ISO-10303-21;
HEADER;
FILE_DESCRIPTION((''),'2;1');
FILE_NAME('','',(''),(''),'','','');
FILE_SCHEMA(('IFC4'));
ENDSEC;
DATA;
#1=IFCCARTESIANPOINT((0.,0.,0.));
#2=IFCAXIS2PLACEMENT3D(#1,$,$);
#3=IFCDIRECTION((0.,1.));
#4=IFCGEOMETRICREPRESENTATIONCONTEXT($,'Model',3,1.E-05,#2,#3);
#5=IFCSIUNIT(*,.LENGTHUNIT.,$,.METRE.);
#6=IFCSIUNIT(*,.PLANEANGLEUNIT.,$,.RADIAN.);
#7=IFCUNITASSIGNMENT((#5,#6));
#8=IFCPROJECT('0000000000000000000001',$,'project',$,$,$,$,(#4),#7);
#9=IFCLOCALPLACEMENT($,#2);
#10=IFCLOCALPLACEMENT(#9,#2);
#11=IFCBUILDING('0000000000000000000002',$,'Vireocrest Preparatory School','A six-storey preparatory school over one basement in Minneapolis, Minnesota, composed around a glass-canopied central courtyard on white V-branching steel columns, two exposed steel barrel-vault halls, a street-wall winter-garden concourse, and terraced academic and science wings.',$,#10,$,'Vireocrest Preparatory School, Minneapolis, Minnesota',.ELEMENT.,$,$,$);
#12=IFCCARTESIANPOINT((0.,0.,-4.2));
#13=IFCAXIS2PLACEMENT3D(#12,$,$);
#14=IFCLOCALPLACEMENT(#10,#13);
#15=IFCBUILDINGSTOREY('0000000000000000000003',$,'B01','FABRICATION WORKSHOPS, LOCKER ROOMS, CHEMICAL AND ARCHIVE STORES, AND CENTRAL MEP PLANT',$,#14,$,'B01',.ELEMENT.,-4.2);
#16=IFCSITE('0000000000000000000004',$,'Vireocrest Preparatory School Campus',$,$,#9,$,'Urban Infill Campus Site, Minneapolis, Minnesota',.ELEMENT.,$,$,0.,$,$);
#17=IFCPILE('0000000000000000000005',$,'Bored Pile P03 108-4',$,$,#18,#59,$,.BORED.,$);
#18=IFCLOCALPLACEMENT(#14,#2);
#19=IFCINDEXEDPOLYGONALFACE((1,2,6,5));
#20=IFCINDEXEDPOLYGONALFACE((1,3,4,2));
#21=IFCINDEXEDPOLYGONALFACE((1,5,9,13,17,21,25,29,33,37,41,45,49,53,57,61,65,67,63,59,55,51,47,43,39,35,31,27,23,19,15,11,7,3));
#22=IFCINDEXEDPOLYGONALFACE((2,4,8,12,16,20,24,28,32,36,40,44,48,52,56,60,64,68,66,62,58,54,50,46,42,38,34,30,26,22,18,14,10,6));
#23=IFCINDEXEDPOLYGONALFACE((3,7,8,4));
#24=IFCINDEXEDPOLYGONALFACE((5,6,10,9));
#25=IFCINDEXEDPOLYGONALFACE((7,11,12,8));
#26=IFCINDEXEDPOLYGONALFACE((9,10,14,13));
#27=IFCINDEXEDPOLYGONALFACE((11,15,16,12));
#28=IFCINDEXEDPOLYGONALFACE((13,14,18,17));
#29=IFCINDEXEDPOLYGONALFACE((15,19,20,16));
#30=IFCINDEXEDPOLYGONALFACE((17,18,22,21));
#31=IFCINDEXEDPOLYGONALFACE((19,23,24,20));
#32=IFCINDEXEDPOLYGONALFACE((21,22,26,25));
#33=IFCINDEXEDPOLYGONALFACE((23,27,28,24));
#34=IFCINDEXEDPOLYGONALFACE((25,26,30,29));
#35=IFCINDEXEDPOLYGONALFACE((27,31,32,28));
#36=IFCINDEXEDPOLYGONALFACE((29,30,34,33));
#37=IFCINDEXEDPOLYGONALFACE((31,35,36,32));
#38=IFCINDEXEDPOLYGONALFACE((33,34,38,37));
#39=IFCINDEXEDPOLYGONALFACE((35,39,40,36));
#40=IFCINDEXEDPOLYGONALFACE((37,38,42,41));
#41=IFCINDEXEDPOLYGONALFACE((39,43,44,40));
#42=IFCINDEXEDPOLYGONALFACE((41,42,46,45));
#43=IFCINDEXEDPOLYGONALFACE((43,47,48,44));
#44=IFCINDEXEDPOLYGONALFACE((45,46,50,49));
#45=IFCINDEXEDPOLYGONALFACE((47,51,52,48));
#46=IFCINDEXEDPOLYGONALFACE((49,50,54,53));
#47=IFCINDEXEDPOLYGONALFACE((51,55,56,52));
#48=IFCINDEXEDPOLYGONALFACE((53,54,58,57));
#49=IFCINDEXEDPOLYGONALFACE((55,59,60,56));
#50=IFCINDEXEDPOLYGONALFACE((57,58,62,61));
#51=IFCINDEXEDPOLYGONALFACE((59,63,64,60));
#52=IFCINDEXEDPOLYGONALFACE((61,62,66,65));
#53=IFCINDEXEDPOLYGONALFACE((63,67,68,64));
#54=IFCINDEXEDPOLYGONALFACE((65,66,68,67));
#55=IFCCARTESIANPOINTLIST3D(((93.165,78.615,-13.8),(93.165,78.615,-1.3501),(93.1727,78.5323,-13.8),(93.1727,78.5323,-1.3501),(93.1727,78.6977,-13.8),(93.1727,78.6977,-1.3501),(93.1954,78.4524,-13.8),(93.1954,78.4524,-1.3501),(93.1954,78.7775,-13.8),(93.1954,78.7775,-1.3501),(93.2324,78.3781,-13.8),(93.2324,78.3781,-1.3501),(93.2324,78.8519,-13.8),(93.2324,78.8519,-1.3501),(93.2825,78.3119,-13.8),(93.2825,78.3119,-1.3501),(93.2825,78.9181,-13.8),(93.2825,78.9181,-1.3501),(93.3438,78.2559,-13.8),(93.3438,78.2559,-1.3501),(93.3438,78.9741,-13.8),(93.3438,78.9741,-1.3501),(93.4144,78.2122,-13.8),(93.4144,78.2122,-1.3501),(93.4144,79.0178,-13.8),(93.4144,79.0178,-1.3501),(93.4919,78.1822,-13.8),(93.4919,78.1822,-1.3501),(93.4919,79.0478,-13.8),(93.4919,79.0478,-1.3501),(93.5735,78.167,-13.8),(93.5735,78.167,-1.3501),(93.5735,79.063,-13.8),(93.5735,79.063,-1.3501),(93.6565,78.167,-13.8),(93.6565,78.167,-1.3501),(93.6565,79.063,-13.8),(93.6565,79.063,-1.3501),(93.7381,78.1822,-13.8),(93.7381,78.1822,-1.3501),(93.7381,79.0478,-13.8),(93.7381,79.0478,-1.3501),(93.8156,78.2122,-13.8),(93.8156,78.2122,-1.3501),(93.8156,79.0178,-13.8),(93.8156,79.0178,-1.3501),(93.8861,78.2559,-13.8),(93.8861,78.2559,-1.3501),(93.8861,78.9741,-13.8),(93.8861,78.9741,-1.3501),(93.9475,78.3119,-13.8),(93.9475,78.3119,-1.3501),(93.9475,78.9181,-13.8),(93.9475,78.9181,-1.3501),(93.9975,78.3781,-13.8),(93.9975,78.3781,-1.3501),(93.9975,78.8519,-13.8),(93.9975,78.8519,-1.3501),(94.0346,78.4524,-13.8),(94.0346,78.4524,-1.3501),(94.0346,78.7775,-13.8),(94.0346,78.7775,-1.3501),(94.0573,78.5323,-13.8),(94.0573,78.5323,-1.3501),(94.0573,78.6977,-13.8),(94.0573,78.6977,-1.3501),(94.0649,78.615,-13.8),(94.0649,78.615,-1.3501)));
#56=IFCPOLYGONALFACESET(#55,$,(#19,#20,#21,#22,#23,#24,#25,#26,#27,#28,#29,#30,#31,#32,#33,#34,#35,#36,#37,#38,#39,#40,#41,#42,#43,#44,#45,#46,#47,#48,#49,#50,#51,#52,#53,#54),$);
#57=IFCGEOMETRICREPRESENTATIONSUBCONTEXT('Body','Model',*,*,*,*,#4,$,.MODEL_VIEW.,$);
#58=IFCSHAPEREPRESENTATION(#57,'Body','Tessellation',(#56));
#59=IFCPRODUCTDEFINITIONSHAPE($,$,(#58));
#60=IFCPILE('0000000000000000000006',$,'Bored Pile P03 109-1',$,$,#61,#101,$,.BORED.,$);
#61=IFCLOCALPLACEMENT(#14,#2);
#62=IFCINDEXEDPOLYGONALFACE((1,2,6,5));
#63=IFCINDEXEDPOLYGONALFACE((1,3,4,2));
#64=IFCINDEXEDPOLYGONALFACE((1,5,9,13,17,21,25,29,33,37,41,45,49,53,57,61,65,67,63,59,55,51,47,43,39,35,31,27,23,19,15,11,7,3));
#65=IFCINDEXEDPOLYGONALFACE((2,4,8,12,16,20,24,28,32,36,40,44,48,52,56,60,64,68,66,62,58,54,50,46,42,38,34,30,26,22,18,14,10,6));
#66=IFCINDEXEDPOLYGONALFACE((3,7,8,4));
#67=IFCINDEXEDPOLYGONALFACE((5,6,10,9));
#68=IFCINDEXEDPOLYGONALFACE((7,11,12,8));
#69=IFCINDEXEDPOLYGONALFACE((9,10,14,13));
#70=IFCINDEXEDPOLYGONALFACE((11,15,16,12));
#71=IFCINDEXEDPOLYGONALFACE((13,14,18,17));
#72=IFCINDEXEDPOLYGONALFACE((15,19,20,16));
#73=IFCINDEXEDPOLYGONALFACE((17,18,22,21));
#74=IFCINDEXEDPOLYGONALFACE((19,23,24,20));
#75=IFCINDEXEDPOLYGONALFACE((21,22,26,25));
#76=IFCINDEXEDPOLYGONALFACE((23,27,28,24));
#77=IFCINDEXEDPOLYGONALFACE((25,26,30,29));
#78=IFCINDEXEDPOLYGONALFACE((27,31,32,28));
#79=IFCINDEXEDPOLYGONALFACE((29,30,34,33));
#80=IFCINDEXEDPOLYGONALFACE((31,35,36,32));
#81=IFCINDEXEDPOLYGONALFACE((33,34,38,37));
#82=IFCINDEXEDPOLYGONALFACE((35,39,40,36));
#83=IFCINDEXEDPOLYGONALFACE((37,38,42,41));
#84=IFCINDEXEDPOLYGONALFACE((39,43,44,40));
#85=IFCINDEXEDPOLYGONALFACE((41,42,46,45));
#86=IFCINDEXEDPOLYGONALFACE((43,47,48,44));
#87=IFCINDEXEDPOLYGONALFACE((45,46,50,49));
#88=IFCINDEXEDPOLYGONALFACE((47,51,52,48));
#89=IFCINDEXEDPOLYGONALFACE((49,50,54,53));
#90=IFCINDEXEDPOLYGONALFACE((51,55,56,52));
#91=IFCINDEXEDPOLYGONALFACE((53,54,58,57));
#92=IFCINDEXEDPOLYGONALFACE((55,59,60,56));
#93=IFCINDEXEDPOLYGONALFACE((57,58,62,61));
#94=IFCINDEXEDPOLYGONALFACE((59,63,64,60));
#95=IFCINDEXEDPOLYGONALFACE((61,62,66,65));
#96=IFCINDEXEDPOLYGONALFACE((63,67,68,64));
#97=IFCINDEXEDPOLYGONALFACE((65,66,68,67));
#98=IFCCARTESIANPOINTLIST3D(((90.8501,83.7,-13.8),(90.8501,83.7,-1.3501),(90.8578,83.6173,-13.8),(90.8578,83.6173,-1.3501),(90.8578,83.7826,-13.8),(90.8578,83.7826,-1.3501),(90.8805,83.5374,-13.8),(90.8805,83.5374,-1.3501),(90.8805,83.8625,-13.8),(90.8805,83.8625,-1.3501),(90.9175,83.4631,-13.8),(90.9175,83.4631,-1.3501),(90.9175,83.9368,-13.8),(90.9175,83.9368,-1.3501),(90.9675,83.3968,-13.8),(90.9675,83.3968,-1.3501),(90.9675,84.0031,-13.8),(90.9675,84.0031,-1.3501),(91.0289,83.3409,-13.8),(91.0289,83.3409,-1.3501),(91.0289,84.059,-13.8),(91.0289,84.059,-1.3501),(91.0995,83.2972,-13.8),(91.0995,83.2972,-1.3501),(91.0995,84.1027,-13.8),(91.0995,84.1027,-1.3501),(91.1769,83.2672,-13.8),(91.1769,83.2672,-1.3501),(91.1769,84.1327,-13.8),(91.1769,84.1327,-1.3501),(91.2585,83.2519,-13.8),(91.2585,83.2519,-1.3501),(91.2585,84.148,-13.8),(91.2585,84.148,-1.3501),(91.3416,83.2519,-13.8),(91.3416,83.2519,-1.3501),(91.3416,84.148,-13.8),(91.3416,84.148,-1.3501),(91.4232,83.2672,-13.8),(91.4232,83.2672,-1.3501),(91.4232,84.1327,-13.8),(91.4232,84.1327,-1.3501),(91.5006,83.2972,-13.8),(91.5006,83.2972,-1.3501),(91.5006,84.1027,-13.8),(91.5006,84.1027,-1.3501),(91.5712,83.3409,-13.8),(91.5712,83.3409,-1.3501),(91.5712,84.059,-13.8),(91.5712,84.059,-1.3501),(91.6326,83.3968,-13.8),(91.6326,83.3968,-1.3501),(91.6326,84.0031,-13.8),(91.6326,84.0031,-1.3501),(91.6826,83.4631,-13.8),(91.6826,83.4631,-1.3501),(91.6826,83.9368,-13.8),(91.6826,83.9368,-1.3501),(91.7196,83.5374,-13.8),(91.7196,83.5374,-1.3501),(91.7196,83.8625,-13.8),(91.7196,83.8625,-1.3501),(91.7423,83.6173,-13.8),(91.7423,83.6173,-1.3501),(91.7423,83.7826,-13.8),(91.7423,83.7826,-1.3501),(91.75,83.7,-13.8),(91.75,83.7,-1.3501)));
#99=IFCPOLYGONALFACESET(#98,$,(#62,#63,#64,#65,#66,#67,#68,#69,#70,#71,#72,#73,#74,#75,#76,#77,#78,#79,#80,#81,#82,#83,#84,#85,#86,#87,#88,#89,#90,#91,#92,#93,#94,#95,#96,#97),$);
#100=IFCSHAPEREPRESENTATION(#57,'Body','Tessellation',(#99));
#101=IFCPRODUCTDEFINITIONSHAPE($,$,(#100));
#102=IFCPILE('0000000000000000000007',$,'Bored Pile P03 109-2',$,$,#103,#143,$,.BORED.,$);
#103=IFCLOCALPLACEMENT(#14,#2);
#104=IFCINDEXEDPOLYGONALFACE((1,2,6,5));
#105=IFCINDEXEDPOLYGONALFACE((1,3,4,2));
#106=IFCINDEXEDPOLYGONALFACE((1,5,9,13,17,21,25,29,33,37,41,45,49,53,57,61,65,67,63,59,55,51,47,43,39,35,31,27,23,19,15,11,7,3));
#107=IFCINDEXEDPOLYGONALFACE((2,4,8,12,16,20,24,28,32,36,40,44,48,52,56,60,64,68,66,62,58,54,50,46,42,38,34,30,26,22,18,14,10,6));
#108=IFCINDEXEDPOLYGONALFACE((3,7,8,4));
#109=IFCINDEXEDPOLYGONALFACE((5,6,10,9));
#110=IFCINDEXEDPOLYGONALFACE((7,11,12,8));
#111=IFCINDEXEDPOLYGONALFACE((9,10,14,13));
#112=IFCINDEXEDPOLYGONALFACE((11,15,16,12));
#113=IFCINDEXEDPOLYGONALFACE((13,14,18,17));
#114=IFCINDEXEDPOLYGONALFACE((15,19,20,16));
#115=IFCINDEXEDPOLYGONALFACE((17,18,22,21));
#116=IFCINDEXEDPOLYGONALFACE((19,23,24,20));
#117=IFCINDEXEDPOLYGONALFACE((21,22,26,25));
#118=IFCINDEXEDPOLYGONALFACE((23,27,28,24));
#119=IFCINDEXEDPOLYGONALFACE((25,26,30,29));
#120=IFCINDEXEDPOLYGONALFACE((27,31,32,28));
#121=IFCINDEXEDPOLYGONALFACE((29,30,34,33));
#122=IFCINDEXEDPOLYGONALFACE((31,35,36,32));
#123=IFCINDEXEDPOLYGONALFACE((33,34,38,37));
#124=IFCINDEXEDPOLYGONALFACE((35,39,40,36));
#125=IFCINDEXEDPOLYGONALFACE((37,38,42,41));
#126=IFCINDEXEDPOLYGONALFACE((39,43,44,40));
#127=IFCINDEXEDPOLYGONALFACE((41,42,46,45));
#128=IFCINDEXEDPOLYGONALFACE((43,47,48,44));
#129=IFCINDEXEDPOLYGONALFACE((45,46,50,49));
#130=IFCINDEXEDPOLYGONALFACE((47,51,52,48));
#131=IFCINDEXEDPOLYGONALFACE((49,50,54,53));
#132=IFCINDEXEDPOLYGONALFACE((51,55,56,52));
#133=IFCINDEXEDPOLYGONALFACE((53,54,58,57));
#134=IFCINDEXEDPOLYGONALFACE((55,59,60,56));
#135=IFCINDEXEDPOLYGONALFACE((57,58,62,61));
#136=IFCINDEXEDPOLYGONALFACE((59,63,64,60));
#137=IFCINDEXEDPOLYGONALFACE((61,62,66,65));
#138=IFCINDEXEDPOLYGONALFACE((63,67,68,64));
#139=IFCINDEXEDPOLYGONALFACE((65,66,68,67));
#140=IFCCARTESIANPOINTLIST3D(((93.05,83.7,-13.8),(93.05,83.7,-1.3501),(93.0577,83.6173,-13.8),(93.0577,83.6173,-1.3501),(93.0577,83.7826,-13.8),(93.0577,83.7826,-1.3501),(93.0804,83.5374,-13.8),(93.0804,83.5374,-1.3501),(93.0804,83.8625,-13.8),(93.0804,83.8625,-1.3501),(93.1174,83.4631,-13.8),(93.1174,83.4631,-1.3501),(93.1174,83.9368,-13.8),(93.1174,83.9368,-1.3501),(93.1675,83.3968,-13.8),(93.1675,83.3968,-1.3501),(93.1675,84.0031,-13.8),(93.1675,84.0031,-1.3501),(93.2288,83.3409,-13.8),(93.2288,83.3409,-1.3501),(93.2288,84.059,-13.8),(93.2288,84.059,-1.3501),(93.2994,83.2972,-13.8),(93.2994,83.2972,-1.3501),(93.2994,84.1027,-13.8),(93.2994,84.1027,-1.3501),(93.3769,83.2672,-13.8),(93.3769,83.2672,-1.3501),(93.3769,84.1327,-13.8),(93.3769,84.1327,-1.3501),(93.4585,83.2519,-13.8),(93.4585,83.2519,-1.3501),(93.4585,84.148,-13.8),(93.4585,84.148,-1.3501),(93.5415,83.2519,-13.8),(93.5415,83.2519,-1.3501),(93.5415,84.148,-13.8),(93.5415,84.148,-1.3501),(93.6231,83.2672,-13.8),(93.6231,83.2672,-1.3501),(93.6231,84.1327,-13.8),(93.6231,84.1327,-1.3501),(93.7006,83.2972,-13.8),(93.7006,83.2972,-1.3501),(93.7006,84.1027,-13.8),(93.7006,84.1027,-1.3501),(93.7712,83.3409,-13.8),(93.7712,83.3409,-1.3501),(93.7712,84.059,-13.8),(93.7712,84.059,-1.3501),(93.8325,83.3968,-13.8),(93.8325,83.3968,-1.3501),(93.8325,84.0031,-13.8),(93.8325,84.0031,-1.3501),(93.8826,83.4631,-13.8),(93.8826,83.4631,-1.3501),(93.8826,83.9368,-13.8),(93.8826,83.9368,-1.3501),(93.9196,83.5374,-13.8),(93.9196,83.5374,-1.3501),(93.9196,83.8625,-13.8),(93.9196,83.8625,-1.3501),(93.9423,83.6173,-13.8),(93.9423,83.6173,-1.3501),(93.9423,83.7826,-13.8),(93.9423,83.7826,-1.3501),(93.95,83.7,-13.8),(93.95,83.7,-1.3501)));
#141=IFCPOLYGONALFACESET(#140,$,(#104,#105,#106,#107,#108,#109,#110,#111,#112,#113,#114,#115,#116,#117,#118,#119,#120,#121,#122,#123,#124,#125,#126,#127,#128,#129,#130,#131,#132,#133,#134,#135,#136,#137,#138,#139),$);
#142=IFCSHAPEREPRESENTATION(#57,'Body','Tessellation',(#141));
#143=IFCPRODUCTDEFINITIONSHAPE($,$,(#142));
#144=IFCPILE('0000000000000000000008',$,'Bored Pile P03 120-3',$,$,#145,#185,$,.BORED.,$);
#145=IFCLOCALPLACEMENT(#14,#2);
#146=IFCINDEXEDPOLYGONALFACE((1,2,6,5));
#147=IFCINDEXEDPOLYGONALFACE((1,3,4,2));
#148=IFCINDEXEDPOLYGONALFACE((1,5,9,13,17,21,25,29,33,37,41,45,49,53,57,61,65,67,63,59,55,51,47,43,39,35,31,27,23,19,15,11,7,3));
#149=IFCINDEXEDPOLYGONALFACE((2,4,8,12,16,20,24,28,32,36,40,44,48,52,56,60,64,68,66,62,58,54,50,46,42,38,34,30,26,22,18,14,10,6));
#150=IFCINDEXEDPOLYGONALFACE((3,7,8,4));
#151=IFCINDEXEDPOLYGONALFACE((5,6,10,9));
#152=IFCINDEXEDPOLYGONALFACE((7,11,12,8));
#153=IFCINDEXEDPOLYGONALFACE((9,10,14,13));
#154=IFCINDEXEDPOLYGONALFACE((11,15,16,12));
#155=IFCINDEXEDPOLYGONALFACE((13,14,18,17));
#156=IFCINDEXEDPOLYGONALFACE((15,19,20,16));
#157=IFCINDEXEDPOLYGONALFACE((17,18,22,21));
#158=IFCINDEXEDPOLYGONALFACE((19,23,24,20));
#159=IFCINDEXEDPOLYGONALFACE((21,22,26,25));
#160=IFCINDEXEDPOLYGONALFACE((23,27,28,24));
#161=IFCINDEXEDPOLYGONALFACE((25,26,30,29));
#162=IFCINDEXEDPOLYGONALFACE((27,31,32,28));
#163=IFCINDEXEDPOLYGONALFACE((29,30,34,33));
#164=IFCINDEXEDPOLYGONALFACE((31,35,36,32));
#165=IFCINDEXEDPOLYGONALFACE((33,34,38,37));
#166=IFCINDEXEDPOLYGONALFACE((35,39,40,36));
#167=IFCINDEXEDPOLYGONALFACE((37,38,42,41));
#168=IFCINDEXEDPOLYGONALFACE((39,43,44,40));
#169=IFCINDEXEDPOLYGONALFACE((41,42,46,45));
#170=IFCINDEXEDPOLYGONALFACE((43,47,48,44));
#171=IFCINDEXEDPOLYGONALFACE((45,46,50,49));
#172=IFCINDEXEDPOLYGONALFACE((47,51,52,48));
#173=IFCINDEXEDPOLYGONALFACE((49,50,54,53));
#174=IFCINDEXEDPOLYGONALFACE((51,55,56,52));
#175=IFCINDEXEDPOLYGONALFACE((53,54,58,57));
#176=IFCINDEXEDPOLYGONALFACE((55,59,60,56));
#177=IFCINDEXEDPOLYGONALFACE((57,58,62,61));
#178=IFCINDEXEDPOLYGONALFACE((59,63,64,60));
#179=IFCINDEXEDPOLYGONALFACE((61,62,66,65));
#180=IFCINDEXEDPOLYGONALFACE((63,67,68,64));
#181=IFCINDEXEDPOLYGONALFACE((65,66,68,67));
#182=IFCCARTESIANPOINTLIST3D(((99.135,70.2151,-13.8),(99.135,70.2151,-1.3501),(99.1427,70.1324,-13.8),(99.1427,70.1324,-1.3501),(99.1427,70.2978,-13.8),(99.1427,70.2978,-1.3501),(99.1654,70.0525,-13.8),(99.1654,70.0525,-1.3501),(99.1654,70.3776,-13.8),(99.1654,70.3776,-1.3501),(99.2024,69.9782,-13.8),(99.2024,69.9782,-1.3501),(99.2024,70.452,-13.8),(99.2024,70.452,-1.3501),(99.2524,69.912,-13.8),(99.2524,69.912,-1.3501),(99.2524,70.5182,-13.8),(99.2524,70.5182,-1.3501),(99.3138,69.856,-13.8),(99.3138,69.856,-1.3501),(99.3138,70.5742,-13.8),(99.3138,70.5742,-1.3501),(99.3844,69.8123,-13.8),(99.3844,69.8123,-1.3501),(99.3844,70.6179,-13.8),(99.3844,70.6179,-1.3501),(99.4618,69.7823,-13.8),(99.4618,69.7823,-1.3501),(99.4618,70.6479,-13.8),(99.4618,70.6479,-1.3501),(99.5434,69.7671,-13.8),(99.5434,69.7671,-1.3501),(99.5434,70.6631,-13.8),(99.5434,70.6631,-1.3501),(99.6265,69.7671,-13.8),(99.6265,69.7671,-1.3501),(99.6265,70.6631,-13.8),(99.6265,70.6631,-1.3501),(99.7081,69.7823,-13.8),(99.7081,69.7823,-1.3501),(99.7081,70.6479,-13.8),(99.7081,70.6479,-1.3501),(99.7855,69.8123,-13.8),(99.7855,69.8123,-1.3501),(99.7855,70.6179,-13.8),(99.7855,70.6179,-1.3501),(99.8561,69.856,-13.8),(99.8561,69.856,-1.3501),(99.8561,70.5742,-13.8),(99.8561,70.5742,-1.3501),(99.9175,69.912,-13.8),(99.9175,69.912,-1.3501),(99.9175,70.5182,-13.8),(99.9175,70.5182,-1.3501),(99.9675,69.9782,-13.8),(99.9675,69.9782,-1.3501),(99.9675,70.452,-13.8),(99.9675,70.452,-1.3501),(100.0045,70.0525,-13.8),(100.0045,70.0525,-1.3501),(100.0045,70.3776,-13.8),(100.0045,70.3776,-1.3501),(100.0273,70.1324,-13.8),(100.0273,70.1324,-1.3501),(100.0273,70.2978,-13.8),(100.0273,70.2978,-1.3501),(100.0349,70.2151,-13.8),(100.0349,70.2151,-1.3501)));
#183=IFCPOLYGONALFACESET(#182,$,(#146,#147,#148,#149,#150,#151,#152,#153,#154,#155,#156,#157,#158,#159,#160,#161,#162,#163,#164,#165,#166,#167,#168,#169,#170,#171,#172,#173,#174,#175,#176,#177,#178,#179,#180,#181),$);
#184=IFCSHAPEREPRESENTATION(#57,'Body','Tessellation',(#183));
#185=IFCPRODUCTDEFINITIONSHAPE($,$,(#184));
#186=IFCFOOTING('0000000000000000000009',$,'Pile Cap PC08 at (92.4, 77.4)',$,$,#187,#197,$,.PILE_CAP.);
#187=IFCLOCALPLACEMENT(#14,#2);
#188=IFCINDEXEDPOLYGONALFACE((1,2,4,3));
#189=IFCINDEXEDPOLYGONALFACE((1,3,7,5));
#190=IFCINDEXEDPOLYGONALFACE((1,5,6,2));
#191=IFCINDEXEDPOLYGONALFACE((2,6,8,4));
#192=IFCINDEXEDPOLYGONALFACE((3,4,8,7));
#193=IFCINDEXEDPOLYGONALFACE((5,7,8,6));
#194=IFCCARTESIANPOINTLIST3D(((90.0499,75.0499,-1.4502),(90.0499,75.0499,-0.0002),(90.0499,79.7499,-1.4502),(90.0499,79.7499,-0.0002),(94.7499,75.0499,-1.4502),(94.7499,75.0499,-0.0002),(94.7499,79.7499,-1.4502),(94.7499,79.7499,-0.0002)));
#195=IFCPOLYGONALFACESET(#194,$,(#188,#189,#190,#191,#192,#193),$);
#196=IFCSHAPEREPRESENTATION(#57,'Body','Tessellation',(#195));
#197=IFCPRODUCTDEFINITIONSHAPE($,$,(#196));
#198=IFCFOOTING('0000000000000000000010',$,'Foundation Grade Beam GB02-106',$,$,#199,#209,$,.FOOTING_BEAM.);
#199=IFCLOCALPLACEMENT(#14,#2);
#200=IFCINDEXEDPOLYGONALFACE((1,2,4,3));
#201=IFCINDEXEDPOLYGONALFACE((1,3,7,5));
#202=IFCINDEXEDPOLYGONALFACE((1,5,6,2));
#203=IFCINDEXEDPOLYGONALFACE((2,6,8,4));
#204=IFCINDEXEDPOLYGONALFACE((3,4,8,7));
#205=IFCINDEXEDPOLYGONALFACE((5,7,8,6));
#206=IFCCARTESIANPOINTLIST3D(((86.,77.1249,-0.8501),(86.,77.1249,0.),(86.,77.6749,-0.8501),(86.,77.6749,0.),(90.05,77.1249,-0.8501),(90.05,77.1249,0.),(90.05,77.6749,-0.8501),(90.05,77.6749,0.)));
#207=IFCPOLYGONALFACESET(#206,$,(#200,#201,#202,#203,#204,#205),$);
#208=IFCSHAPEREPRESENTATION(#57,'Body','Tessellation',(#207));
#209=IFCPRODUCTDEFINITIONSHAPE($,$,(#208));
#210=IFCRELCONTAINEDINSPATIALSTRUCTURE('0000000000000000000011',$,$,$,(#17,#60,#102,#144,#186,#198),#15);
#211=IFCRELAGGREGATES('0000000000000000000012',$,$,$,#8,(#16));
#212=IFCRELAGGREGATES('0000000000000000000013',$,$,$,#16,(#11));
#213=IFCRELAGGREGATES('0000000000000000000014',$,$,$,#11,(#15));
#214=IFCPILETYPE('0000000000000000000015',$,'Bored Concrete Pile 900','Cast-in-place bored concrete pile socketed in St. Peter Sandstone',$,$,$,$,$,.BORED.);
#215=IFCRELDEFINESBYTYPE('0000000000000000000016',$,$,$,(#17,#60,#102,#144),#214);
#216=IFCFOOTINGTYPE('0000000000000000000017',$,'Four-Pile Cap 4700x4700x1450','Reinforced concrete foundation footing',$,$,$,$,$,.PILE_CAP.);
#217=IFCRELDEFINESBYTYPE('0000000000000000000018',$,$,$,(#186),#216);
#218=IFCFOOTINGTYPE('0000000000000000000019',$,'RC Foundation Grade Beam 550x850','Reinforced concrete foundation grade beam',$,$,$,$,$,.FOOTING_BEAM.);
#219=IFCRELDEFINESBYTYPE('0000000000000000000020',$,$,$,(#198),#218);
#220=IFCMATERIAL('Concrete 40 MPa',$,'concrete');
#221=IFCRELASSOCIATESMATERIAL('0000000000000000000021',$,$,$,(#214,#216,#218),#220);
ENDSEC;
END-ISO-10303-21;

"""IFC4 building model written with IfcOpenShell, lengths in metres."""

from ifc_helpers import new_model, si_unit, direction, frame, origin, origin_2d, place, context, subcontext, project, spatial, rectangle, circle, extrude, material, material_profile, profile_set, type_object, element, save


model = new_model("IFC4")

# Units and contexts
model_context = context("Model", 3, precision=1e-05, world=origin(), true_north=direction((0.0, 1.0)))
body_context = subcontext(model_context, "Body", "Model", "MODEL_VIEW")
ifc_project = project(units=[si_unit("LENGTHUNIT", "METRE"), si_unit("PLANEANGLEUNIT", "RADIAN")], contexts=[model_context])

# Site, building, storey
site_placement = place(None, origin())
site = spatial("IfcSite", under=ifc_project, at=site_placement, Name="Vireocrest Preparatory School Campus", LongName="Urban Infill Campus Site, Minneapolis, Minnesota", CompositionType="ELEMENT", RefElevation=0.0)
building_placement = place(site_placement, origin())
building = spatial("IfcBuilding", under=site, at=building_placement, Name="Vireocrest Preparatory School", Description="A six-storey preparatory school over one basement in Minneapolis, Minnesota, composed around a glass-canopied central courtyard on white V-branching steel columns, two exposed steel barrel-vault halls, a street-wall winter-garden concourse, and terraced academic and science wings.", LongName="Vireocrest Preparatory School, Minneapolis, Minnesota", CompositionType="ELEMENT")
storey_placement = place(building_placement, frame((0.0, 0.0, -4.2)))
storey = spatial("IfcBuildingStorey", under=building, at=storey_placement, Name="B01", Description="FABRICATION WORKSHOPS, LOCKER ROOMS, CHEMICAL AND ARCHIVE STORES, AND CENTRAL MEP PLANT", LongName="B01", CompositionType="ELEMENT", Elevation=-4.2)

# Piles
ifc_material_1 = material(Name="Concrete 40 MPa", Category="concrete")
ifc_material_profile_1 = material_profile(ifc_material_1, circle(Radius=0.45, at=origin_2d()), Name="BORED PILE 900")
ifc_profile_set_1 = profile_set([ifc_material_profile_1], Name="Concrete 40 MPa")
pile_type_1 = type_object("IfcPileType", Name="Bored Concrete Pile 900", Description="Cast-in-place bored concrete pile socketed in St. Peter Sandstone", PredefinedType="BORED", material=ifc_profile_set_1)
for number, where, z_axis, x_axis, name in (
    (1, (93.615, 78.615, -1.3501), (0.0, 0.0, -1.0), (1.0, 0.0, 0.0), "Bored Pile P03 108-4"),
    (2, (91.3, 83.7, -1.3501), (0.0, 0.0, -1.0), (1.0, 0.0, 0.0), "Bored Pile P03 109-1"),
    (3, (93.5, 83.7, -1.3501), (0.0, 0.0, -1.0), (1.0, 0.0, 0.0), "Bored Pile P03 109-2"),
    (4, (99.585, 70.2151, -1.3501), (0.0, 0.0, -1.0), (1.0, 0.0, 0.0), "Bored Pile P03 120-3"),
):
    element("IfcPile", number, at=place(storey_placement, frame(where, z_axis=z_axis, x_axis=x_axis)), inside=storey, type_object=pile_type_1, Name=name, PredefinedType="BORED", context=body_context, shape_type="SweptSolid", body=[
        extrude(circle(Radius=0.45, at=origin_2d()), origin(), (0.0, 0.0, 1.0), 12.45),
    ])

# Footings
footing_type_1 = type_object("IfcFootingType", Name="Four-Pile Cap 4700x4700x1450", Description="Reinforced concrete foundation footing", PredefinedType="PILE_CAP", material=ifc_material_1)
footing_1_placement = place(storey_placement, frame((92.3999, 77.3999, -1.4502), z_axis=(0.0, 0.0, 1.0), x_axis=(1.0, 0.0, 0.0)))
element("IfcFooting", 5, at=footing_1_placement, inside=storey, type_object=footing_type_1, Name="Pile Cap PC08 at (92.4, 77.4)", PredefinedType="PILE_CAP", context=body_context, shape_type="SweptSolid", body=[
    extrude(rectangle(XDim=4.7, YDim=4.7, at=origin_2d()), origin(), (0.0, 0.0, 1.0), 1.45),
])
ifc_material_profile_2 = material_profile(ifc_material_1, rectangle(XDim=0.55, YDim=0.8501, at=origin_2d()), Name="GB 550x850")
ifc_profile_set_2 = profile_set([ifc_material_profile_2], Name="Concrete 40 MPa")
footing_type_2 = type_object("IfcFootingType", Name="RC Foundation Grade Beam 550x850", Description="Reinforced concrete foundation grade beam", PredefinedType="FOOTING_BEAM", material=ifc_profile_set_2)
footing_2_placement = place(storey_placement, frame((86.0, 77.3999, -0.425), z_axis=(1.0, 0.0, 0.0), x_axis=(0.0, 1.0, 0.0)))
element("IfcFooting", 6, at=footing_2_placement, inside=storey, type_object=footing_type_2, Name="Foundation Grade Beam GB02-106", PredefinedType="FOOTING_BEAM", context=body_context, shape_type="SweptSolid", body=[
    extrude(rectangle(XDim=0.55, YDim=0.8501, at=origin_2d()), origin(), (0.0, 0.0, 1.0), 4.05),
])

save(model, "model.ifc")
